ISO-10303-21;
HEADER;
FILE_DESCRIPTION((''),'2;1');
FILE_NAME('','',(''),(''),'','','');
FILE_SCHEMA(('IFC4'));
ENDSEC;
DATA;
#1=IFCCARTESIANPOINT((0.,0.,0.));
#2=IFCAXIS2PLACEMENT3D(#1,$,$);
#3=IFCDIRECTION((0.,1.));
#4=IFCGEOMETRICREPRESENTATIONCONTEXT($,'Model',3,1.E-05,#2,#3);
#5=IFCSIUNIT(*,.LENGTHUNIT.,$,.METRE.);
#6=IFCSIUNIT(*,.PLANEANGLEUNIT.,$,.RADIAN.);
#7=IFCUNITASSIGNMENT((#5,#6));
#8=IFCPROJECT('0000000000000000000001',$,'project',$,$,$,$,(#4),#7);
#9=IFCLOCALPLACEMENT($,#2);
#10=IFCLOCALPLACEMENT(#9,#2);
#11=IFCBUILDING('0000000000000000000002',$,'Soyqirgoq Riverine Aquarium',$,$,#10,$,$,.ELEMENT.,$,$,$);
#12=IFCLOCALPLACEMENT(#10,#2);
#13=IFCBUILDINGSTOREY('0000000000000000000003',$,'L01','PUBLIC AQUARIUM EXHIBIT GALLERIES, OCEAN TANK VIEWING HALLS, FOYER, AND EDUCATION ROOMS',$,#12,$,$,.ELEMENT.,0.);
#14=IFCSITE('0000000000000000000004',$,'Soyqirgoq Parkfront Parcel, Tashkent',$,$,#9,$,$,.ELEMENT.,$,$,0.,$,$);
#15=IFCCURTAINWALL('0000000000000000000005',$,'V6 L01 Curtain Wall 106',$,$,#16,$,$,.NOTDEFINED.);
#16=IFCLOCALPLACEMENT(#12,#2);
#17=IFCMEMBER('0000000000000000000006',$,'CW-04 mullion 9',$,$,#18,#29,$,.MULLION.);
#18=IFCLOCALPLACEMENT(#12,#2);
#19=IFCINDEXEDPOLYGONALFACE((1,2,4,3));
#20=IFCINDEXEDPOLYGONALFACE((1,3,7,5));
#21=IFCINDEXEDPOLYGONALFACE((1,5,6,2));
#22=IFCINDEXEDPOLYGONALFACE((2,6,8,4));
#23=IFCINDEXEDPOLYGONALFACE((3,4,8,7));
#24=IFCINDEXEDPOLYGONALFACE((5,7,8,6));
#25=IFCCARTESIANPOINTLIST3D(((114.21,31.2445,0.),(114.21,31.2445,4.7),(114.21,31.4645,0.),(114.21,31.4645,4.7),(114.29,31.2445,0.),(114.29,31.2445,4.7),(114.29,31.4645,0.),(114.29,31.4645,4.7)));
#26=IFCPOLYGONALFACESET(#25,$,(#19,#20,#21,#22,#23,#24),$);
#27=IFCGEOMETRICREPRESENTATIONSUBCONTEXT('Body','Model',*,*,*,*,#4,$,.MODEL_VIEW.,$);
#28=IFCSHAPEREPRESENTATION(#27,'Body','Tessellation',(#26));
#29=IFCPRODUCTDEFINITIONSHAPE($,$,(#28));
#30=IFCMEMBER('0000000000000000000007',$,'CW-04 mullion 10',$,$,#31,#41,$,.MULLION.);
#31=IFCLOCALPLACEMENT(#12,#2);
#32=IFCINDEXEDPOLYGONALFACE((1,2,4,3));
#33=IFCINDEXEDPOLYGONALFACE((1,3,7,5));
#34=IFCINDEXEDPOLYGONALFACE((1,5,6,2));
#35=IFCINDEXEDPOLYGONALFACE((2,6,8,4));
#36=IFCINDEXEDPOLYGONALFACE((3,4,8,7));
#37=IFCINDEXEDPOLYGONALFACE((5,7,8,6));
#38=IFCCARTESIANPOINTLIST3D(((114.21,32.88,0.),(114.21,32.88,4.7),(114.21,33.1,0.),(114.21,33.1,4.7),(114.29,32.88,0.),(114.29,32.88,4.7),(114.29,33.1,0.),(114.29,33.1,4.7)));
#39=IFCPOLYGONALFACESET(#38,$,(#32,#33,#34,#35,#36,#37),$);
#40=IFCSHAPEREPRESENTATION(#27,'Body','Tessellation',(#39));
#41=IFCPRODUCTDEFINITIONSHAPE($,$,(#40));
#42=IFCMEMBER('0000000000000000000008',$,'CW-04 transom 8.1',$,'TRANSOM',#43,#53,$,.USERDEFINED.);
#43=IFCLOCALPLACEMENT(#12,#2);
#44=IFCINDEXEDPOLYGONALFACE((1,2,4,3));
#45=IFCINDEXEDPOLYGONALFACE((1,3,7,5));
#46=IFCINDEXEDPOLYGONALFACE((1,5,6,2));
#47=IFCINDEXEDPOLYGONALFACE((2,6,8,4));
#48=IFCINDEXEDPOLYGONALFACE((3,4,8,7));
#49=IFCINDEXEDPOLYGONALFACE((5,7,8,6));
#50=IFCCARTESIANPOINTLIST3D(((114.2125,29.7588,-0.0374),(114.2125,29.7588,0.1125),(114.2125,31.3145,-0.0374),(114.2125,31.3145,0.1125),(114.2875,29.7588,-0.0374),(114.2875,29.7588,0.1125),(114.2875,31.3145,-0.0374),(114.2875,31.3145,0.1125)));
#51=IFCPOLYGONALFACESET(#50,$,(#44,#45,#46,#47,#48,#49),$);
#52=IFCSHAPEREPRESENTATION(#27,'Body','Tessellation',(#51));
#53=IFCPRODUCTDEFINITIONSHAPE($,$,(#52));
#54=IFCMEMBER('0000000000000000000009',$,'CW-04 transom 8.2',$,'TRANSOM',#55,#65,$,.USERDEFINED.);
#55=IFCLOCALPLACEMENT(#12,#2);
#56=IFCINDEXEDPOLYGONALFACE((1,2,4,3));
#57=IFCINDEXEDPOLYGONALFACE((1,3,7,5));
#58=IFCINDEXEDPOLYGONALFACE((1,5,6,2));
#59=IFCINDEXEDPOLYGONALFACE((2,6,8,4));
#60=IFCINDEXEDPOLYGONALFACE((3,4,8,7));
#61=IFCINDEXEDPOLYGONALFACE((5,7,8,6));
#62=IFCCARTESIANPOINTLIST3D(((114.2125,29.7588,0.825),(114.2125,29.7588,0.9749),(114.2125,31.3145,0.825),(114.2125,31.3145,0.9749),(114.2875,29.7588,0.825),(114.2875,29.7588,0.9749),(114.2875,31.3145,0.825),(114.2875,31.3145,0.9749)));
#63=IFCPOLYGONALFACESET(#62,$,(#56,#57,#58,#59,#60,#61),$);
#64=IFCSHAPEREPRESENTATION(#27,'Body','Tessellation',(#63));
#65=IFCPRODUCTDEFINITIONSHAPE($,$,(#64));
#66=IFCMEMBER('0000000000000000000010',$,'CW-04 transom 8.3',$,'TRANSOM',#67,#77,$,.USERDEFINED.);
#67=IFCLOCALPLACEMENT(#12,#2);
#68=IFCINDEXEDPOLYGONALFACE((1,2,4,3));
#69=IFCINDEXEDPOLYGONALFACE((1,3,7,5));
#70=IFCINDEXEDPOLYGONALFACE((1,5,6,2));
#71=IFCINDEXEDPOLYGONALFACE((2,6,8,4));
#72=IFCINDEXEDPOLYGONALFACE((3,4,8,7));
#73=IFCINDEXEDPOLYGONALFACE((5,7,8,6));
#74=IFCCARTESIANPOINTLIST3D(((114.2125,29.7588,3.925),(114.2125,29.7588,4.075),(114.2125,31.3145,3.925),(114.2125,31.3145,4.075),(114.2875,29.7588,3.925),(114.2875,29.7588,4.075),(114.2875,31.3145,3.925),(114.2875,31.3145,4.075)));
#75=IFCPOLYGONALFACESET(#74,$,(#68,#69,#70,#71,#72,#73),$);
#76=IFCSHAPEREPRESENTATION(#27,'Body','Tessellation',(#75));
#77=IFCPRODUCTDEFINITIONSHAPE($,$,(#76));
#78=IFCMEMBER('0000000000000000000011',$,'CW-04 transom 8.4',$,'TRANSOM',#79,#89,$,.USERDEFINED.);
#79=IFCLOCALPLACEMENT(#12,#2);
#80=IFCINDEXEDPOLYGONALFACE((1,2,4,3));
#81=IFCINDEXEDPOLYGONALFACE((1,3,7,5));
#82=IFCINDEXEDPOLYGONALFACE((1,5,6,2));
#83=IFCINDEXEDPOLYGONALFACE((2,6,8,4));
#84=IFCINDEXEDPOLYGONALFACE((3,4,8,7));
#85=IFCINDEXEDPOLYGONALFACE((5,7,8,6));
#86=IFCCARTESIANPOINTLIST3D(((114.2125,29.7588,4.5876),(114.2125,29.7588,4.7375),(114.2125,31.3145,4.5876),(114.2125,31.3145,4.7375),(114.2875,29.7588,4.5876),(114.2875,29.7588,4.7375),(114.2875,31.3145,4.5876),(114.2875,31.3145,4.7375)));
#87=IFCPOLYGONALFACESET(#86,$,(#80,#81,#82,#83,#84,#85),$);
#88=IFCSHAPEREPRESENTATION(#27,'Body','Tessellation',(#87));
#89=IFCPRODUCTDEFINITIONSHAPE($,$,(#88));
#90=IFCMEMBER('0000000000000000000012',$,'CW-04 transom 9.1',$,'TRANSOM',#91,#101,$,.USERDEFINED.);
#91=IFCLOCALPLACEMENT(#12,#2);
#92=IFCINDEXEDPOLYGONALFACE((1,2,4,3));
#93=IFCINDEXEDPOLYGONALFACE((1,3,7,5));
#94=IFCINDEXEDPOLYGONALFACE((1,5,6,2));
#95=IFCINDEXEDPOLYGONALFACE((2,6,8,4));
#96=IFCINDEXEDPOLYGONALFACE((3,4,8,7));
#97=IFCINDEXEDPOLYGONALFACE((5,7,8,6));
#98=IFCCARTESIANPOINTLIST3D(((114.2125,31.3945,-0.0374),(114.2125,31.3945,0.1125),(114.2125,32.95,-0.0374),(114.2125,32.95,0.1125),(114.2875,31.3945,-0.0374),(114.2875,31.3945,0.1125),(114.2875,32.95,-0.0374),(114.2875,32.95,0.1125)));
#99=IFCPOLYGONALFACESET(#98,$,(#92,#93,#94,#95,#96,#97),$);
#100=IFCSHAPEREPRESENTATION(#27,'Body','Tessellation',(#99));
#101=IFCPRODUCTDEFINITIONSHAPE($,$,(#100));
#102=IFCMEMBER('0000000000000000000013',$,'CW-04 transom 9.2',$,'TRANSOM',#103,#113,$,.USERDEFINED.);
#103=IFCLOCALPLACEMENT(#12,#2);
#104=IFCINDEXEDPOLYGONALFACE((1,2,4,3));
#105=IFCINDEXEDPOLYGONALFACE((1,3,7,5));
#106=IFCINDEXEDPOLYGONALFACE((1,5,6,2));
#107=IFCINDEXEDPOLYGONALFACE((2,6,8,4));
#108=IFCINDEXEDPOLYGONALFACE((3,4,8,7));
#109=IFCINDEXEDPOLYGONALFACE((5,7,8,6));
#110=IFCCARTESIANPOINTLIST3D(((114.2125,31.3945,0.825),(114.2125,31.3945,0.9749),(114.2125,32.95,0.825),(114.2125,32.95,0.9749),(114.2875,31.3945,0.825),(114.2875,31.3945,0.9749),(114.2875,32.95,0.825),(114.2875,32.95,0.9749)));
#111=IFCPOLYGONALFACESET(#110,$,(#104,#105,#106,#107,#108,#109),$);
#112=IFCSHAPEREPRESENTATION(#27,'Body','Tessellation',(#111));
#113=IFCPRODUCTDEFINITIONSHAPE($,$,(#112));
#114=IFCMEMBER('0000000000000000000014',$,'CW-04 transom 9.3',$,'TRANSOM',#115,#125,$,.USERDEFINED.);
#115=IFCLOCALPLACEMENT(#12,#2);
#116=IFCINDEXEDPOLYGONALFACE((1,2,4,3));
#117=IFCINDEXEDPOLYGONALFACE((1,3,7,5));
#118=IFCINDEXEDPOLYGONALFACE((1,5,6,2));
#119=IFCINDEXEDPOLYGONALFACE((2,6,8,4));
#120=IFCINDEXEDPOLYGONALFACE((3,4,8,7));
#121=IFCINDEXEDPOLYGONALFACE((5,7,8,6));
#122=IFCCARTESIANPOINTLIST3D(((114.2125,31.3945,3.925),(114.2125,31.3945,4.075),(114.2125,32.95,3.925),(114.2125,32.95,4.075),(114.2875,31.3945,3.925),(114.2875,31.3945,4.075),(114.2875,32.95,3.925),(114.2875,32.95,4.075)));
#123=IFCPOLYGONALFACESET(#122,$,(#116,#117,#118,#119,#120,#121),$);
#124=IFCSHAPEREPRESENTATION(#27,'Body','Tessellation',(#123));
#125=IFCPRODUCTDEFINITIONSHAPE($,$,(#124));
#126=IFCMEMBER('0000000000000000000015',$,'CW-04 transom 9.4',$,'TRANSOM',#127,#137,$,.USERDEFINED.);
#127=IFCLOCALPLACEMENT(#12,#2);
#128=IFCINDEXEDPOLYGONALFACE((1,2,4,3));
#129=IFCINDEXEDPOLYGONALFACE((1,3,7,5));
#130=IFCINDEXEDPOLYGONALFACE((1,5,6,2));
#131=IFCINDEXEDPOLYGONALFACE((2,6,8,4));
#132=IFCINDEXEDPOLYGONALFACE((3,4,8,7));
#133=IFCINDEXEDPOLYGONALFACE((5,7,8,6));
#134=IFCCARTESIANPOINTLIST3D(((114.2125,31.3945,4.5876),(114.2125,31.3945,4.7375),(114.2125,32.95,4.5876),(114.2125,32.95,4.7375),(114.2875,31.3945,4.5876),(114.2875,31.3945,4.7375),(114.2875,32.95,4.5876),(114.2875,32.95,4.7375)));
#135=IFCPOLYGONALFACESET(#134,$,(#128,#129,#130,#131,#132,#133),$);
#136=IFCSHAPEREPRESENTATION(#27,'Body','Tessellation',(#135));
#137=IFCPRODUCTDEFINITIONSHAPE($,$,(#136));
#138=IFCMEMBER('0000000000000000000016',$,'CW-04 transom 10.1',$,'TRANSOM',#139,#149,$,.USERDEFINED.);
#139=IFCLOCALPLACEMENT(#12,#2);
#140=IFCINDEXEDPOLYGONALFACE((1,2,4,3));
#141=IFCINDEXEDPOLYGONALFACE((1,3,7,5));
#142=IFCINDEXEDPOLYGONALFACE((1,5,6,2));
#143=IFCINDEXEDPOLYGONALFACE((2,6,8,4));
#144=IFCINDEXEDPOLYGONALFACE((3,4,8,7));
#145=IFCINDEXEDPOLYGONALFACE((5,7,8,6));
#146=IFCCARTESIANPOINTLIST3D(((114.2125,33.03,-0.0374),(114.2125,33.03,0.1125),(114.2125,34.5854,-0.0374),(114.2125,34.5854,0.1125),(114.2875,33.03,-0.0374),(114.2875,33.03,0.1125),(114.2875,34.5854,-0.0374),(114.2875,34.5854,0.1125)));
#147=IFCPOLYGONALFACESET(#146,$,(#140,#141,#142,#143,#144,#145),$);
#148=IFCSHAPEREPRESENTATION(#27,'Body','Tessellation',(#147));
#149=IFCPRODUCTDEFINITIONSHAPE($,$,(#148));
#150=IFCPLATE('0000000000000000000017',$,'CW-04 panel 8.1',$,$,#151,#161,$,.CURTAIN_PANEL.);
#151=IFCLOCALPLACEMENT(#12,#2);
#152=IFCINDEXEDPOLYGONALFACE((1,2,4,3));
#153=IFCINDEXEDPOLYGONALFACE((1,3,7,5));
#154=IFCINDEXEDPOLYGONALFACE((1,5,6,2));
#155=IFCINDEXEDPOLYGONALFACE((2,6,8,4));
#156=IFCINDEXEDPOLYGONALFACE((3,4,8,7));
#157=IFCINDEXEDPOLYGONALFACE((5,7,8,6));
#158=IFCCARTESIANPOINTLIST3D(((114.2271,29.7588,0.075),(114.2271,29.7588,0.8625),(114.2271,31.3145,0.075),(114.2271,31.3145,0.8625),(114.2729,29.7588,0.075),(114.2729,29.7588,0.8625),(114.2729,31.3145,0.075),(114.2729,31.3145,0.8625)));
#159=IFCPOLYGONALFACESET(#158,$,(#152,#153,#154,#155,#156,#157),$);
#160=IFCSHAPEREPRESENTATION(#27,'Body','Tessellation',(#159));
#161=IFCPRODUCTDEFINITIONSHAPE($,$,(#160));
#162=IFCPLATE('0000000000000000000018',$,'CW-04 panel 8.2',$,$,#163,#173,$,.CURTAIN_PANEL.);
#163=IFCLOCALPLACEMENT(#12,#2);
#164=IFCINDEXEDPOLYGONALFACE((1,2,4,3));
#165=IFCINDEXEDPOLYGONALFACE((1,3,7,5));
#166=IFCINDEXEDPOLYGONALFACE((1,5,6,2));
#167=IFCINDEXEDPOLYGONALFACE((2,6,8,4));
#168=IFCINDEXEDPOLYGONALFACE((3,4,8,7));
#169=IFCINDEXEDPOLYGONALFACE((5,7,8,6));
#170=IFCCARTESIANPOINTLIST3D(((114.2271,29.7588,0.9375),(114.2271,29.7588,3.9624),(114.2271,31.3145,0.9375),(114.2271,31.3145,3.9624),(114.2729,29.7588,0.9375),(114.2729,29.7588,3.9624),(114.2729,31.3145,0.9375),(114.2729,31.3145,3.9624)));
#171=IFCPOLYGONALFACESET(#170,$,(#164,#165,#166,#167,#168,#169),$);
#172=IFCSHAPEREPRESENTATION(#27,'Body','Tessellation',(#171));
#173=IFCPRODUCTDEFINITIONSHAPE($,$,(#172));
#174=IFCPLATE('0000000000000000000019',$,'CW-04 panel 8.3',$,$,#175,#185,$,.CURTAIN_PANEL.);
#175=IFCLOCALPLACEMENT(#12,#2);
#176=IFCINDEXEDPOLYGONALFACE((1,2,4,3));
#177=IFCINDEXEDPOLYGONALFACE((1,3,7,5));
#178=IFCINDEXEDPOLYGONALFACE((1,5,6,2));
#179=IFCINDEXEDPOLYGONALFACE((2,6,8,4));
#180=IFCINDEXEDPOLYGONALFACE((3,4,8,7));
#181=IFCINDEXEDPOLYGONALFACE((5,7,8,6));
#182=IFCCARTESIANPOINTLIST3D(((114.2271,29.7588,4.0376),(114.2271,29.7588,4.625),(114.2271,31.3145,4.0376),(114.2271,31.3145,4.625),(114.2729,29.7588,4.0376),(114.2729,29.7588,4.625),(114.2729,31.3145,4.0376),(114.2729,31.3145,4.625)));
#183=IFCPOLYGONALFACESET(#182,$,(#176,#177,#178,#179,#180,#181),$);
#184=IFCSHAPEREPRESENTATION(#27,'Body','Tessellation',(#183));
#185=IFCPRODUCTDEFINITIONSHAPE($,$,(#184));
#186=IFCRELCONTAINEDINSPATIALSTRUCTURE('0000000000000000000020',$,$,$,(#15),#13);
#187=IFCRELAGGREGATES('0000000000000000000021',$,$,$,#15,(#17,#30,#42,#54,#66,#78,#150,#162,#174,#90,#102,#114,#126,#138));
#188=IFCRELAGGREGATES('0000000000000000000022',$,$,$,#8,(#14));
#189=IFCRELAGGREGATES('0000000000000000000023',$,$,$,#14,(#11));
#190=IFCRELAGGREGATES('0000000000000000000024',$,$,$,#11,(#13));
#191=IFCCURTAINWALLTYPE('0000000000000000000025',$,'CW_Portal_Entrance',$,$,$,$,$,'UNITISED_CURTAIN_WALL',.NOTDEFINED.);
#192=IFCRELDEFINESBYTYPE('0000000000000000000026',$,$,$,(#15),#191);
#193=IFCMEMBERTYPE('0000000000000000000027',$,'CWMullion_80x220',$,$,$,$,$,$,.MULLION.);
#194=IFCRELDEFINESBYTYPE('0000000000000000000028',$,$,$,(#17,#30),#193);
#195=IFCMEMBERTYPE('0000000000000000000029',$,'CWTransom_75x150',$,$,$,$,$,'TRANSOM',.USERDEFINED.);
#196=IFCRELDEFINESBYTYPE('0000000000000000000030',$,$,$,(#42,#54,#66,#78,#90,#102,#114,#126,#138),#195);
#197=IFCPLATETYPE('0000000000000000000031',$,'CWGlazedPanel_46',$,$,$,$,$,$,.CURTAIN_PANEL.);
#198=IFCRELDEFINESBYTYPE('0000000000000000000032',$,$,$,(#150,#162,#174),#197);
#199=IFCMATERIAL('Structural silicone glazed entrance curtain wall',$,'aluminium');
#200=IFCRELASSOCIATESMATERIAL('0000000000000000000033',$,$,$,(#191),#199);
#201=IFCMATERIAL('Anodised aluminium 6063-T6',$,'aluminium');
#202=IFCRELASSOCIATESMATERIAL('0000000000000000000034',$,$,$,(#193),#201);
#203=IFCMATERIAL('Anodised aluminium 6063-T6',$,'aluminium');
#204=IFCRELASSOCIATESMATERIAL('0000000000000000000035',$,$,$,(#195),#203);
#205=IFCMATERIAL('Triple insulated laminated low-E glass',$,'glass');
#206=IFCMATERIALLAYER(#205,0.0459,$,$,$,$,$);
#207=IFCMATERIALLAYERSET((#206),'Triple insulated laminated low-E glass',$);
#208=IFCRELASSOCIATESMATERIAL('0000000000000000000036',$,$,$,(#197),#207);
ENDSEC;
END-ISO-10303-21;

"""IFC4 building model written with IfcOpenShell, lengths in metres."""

from ifc_helpers import new_model, si_unit, direction, frame, origin, origin_2d, place, context, subcontext, project, spatial, rectangle, extrude, material, layer, layer_set, material_profile, profile_set, type_object, element, aggregate, save


model = new_model("IFC4")

# Units and contexts
model_context = context("Model", 3, precision=1e-05, world=origin(), true_north=direction((0.0, 1.0)))
body_context = subcontext(model_context, "Body", "Model", "MODEL_VIEW")
ifc_project = project(units=[si_unit("LENGTHUNIT", "METRE"), si_unit("PLANEANGLEUNIT", "RADIAN")], contexts=[model_context])

# Site, building, storey
site_placement = place(None, origin())
site = spatial("IfcSite", under=ifc_project, at=site_placement, Name="Soyqirgoq Parkfront Parcel, Tashkent", CompositionType="ELEMENT", RefElevation=0.0)
building_placement = place(site_placement, origin())
building = spatial("IfcBuilding", under=site, at=building_placement, Name="Soyqirgoq Riverine Aquarium", CompositionType="ELEMENT")
storey_placement = place(building_placement, origin())
storey = spatial("IfcBuildingStorey", under=building, at=storey_placement, Name="L01", Description="PUBLIC AQUARIUM EXHIBIT GALLERIES, OCEAN TANK VIEWING HALLS, FOYER, AND EDUCATION ROOMS", CompositionType="ELEMENT", Elevation=0.0)

# Curtain wall, members, plates
ifc_material_1 = material(Name="Structural silicone glazed entrance curtain wall", Category="aluminium")
curtain_wall_type = type_object("IfcCurtainWallType", Name="CW_Portal_Entrance", ElementType="UNITISED_CURTAIN_WALL", PredefinedType="NOTDEFINED", material=ifc_material_1)
curtain_wall_placement = place(storey_placement, origin())
curtain_wall = element("IfcCurtainWall", 1, at=curtain_wall_placement, inside=storey, type_object=curtain_wall_type, Name="V6 L01 Curtain Wall 106", PredefinedType="NOTDEFINED")
ifc_material_2 = material(Name="Anodised aluminium 6063-T6", Category="aluminium")
ifc_material_profile_1 = material_profile(ifc_material_2, rectangle(XDim=0.0801, YDim=0.22, at=origin_2d()), Name="ALU-M 80x220")
ifc_profile_set_1 = profile_set([ifc_material_profile_1], Name="Anodised aluminium 6063-T6")
member_type_1 = type_object("IfcMemberType", Name="CWMullion_80x220", PredefinedType="MULLION", material=ifc_profile_set_1)
member_1_placement = place(storey_placement, frame((114.25, 31.3545, 0.0), z_axis=(0.0, 0.0, 1.0), x_axis=(-1.0, 0.0, 0.0)))
member_1 = element("IfcMember", 2, at=member_1_placement, type_object=member_type_1, Name="CW-04 mullion 9", PredefinedType="MULLION", context=body_context, shape_type="SweptSolid", body=[
    extrude(rectangle(XDim=0.0801, YDim=0.22, at=origin_2d()), origin(), (0.0, 0.0, 1.0), 4.7),
])
member_2_placement = place(storey_placement, frame((114.25, 32.99, 0.0), z_axis=(0.0, 0.0, 1.0), x_axis=(-1.0, 0.0, 0.0)))
member_2 = element("IfcMember", 3, at=member_2_placement, type_object=member_type_1, Name="CW-04 mullion 10", PredefinedType="MULLION", context=body_context, shape_type="SweptSolid", body=[
    extrude(rectangle(XDim=0.0801, YDim=0.22, at=origin_2d()), origin(), (0.0, 0.0, 1.0), 4.7),
])
ifc_material_3 = material(Name="Anodised aluminium 6063-T6", Category="aluminium")
ifc_material_profile_2 = material_profile(ifc_material_3, rectangle(XDim=0.075, YDim=0.1499, at=origin_2d()), Name="ALU-T 75x150")
ifc_profile_set_2 = profile_set([ifc_material_profile_2], Name="Anodised aluminium 6063-T6")
member_type_2 = type_object("IfcMemberType", Name="CWTransom_75x150", ElementType="TRANSOM", PredefinedType="USERDEFINED", material=ifc_profile_set_2)
member_3_placement = place(storey_placement, frame((114.25, 29.7588, 0.0376), z_axis=(0.0, 1.0, 0.0), x_axis=(-1.0, 0.0, 0.0)))
member_3 = element("IfcMember", 4, at=member_3_placement, type_object=member_type_2, Name="CW-04 transom 8.1", ObjectType="TRANSOM", PredefinedType="USERDEFINED", context=body_context, shape_type="SweptSolid", body=[
    extrude(rectangle(XDim=0.075, YDim=0.1499, at=origin_2d()), origin(), (0.0, 0.0, 1.0), 1.5557),
])
member_4_placement = place(storey_placement, frame((114.25, 29.7588, 0.8999), z_axis=(0.0, 1.0, 0.0), x_axis=(-1.0, 0.0, 0.0)))
member_4 = element("IfcMember", 5, at=member_4_placement, type_object=member_type_2, Name="CW-04 transom 8.2", ObjectType="TRANSOM", PredefinedType="USERDEFINED", context=body_context, shape_type="SweptSolid", body=[
    extrude(rectangle(XDim=0.075, YDim=0.1499, at=origin_2d()), origin(), (0.0, 0.0, 1.0), 1.5557),
])
member_5_placement = place(storey_placement, frame((114.25, 29.7588, 4.0), z_axis=(0.0, 1.0, 0.0), x_axis=(-1.0, 0.0, 0.0)))
member_5 = element("IfcMember", 6, at=member_5_placement, type_object=member_type_2, Name="CW-04 transom 8.3", ObjectType="TRANSOM", PredefinedType="USERDEFINED", context=body_context, shape_type="SweptSolid", body=[
    extrude(rectangle(XDim=0.075, YDim=0.1499, at=origin_2d()), origin(), (0.0, 0.0, 1.0), 1.5557),
])
member_6_placement = place(storey_placement, frame((114.25, 29.7588, 4.6626), z_axis=(0.0, 1.0, 0.0), x_axis=(-1.0, 0.0, 0.0)))
member_6 = element("IfcMember", 7, at=member_6_placement, type_object=member_type_2, Name="CW-04 transom 8.4", ObjectType="TRANSOM", PredefinedType="USERDEFINED", context=body_context, shape_type="SweptSolid", body=[
    extrude(rectangle(XDim=0.075, YDim=0.1499, at=origin_2d()), origin(), (0.0, 0.0, 1.0), 1.5557),
])
member_7_placement = place(storey_placement, frame((114.25, 31.3945, 0.0376), z_axis=(0.0, 1.0, 0.0), x_axis=(-1.0, 0.0, 0.0)))
member_7 = element("IfcMember", 8, at=member_7_placement, type_object=member_type_2, Name="CW-04 transom 9.1", ObjectType="TRANSOM", PredefinedType="USERDEFINED", context=body_context, shape_type="SweptSolid", body=[
    extrude(rectangle(XDim=0.075, YDim=0.1499, at=origin_2d()), origin(), (0.0, 0.0, 1.0), 1.5554),
])
member_8_placement = place(storey_placement, frame((114.25, 31.3945, 0.8999), z_axis=(0.0, 1.0, 0.0), x_axis=(-1.0, 0.0, 0.0)))
member_8 = element("IfcMember", 9, at=member_8_placement, type_object=member_type_2, Name="CW-04 transom 9.2", ObjectType="TRANSOM", PredefinedType="USERDEFINED", context=body_context, shape_type="SweptSolid", body=[
    extrude(rectangle(XDim=0.075, YDim=0.1499, at=origin_2d()), origin(), (0.0, 0.0, 1.0), 1.5554),
])
member_9_placement = place(storey_placement, frame((114.25, 31.3945, 4.0), z_axis=(0.0, 1.0, 0.0), x_axis=(-1.0, 0.0, 0.0)))
member_9 = element("IfcMember", 10, at=member_9_placement, type_object=member_type_2, Name="CW-04 transom 9.3", ObjectType="TRANSOM", PredefinedType="USERDEFINED", context=body_context, shape_type="SweptSolid", body=[
    extrude(rectangle(XDim=0.075, YDim=0.1499, at=origin_2d()), origin(), (0.0, 0.0, 1.0), 1.5554),
])
member_10_placement = place(storey_placement, frame((114.25, 31.3945, 4.6626), z_axis=(0.0, 1.0, 0.0), x_axis=(-1.0, 0.0, 0.0)))
member_10 = element("IfcMember", 11, at=member_10_placement, type_object=member_type_2, Name="CW-04 transom 9.4", ObjectType="TRANSOM", PredefinedType="USERDEFINED", context=body_context, shape_type="SweptSolid", body=[
    extrude(rectangle(XDim=0.075, YDim=0.1499, at=origin_2d()), origin(), (0.0, 0.0, 1.0), 1.5554),
])
member_11_placement = place(storey_placement, frame((114.25, 33.03, 0.0376), z_axis=(0.0, 1.0, 0.0), x_axis=(-1.0, 0.0, 0.0)))
member_11 = element("IfcMember", 12, at=member_11_placement, type_object=member_type_2, Name="CW-04 transom 10.1", ObjectType="TRANSOM", PredefinedType="USERDEFINED", context=body_context, shape_type="SweptSolid", body=[
    extrude(rectangle(XDim=0.075, YDim=0.1499, at=origin_2d()), origin(), (0.0, 0.0, 1.0), 1.5554),
])
ifc_material_4 = material(Name="Triple insulated laminated low-E glass", Category="glass")
ifc_layer = layer(ifc_material_4, 0.0459)
ifc_layer_set = layer_set([ifc_layer], Name="Triple insulated laminated low-E glass")
plate_type = type_object("IfcPlateType", Name="CWGlazedPanel_46", PredefinedType="CURTAIN_PANEL", material=ifc_layer_set)
plate_1_placement = place(storey_placement, frame((114.25, 30.5366, 0.075), z_axis=(0.0, 0.0, 1.0), x_axis=(0.0, 1.0, 0.0)))
plate_1 = element("IfcPlate", 13, at=plate_1_placement, type_object=plate_type, Name="CW-04 panel 8.1", PredefinedType="CURTAIN_PANEL", context=body_context, shape_type="SweptSolid", body=[
    extrude(rectangle(XDim=1.5557, YDim=0.0459, at=origin_2d()), origin(), (0.0, 0.0, 1.0), 0.7876),
])
plate_2_placement = place(storey_placement, frame((114.25, 30.5366, 0.9375), z_axis=(0.0, 0.0, 1.0), x_axis=(0.0, 1.0, 0.0)))
plate_2 = element("IfcPlate", 14, at=plate_2_placement, type_object=plate_type, Name="CW-04 panel 8.2", PredefinedType="CURTAIN_PANEL", context=body_context, shape_type="SweptSolid", body=[
    extrude(rectangle(XDim=1.5557, YDim=0.0459, at=origin_2d()), origin(), (0.0, 0.0, 1.0), 3.0249),
])
plate_3_placement = place(storey_placement, frame((114.25, 30.5366, 4.0376), z_axis=(0.0, 0.0, 1.0), x_axis=(0.0, 1.0, 0.0)))
plate_3 = element("IfcPlate", 15, at=plate_3_placement, type_object=plate_type, Name="CW-04 panel 8.3", PredefinedType="CURTAIN_PANEL", context=body_context, shape_type="SweptSolid", body=[
    extrude(rectangle(XDim=1.5557, YDim=0.0459, at=origin_2d()), origin(), (0.0, 0.0, 1.0), 0.5874),
])
aggregate(curtain_wall, [member_1, member_2, member_3, member_4, member_5, member_6, plate_1, plate_2, plate_3, member_7, member_8, member_9, member_10, member_11])

save(model, "model.ifc")
